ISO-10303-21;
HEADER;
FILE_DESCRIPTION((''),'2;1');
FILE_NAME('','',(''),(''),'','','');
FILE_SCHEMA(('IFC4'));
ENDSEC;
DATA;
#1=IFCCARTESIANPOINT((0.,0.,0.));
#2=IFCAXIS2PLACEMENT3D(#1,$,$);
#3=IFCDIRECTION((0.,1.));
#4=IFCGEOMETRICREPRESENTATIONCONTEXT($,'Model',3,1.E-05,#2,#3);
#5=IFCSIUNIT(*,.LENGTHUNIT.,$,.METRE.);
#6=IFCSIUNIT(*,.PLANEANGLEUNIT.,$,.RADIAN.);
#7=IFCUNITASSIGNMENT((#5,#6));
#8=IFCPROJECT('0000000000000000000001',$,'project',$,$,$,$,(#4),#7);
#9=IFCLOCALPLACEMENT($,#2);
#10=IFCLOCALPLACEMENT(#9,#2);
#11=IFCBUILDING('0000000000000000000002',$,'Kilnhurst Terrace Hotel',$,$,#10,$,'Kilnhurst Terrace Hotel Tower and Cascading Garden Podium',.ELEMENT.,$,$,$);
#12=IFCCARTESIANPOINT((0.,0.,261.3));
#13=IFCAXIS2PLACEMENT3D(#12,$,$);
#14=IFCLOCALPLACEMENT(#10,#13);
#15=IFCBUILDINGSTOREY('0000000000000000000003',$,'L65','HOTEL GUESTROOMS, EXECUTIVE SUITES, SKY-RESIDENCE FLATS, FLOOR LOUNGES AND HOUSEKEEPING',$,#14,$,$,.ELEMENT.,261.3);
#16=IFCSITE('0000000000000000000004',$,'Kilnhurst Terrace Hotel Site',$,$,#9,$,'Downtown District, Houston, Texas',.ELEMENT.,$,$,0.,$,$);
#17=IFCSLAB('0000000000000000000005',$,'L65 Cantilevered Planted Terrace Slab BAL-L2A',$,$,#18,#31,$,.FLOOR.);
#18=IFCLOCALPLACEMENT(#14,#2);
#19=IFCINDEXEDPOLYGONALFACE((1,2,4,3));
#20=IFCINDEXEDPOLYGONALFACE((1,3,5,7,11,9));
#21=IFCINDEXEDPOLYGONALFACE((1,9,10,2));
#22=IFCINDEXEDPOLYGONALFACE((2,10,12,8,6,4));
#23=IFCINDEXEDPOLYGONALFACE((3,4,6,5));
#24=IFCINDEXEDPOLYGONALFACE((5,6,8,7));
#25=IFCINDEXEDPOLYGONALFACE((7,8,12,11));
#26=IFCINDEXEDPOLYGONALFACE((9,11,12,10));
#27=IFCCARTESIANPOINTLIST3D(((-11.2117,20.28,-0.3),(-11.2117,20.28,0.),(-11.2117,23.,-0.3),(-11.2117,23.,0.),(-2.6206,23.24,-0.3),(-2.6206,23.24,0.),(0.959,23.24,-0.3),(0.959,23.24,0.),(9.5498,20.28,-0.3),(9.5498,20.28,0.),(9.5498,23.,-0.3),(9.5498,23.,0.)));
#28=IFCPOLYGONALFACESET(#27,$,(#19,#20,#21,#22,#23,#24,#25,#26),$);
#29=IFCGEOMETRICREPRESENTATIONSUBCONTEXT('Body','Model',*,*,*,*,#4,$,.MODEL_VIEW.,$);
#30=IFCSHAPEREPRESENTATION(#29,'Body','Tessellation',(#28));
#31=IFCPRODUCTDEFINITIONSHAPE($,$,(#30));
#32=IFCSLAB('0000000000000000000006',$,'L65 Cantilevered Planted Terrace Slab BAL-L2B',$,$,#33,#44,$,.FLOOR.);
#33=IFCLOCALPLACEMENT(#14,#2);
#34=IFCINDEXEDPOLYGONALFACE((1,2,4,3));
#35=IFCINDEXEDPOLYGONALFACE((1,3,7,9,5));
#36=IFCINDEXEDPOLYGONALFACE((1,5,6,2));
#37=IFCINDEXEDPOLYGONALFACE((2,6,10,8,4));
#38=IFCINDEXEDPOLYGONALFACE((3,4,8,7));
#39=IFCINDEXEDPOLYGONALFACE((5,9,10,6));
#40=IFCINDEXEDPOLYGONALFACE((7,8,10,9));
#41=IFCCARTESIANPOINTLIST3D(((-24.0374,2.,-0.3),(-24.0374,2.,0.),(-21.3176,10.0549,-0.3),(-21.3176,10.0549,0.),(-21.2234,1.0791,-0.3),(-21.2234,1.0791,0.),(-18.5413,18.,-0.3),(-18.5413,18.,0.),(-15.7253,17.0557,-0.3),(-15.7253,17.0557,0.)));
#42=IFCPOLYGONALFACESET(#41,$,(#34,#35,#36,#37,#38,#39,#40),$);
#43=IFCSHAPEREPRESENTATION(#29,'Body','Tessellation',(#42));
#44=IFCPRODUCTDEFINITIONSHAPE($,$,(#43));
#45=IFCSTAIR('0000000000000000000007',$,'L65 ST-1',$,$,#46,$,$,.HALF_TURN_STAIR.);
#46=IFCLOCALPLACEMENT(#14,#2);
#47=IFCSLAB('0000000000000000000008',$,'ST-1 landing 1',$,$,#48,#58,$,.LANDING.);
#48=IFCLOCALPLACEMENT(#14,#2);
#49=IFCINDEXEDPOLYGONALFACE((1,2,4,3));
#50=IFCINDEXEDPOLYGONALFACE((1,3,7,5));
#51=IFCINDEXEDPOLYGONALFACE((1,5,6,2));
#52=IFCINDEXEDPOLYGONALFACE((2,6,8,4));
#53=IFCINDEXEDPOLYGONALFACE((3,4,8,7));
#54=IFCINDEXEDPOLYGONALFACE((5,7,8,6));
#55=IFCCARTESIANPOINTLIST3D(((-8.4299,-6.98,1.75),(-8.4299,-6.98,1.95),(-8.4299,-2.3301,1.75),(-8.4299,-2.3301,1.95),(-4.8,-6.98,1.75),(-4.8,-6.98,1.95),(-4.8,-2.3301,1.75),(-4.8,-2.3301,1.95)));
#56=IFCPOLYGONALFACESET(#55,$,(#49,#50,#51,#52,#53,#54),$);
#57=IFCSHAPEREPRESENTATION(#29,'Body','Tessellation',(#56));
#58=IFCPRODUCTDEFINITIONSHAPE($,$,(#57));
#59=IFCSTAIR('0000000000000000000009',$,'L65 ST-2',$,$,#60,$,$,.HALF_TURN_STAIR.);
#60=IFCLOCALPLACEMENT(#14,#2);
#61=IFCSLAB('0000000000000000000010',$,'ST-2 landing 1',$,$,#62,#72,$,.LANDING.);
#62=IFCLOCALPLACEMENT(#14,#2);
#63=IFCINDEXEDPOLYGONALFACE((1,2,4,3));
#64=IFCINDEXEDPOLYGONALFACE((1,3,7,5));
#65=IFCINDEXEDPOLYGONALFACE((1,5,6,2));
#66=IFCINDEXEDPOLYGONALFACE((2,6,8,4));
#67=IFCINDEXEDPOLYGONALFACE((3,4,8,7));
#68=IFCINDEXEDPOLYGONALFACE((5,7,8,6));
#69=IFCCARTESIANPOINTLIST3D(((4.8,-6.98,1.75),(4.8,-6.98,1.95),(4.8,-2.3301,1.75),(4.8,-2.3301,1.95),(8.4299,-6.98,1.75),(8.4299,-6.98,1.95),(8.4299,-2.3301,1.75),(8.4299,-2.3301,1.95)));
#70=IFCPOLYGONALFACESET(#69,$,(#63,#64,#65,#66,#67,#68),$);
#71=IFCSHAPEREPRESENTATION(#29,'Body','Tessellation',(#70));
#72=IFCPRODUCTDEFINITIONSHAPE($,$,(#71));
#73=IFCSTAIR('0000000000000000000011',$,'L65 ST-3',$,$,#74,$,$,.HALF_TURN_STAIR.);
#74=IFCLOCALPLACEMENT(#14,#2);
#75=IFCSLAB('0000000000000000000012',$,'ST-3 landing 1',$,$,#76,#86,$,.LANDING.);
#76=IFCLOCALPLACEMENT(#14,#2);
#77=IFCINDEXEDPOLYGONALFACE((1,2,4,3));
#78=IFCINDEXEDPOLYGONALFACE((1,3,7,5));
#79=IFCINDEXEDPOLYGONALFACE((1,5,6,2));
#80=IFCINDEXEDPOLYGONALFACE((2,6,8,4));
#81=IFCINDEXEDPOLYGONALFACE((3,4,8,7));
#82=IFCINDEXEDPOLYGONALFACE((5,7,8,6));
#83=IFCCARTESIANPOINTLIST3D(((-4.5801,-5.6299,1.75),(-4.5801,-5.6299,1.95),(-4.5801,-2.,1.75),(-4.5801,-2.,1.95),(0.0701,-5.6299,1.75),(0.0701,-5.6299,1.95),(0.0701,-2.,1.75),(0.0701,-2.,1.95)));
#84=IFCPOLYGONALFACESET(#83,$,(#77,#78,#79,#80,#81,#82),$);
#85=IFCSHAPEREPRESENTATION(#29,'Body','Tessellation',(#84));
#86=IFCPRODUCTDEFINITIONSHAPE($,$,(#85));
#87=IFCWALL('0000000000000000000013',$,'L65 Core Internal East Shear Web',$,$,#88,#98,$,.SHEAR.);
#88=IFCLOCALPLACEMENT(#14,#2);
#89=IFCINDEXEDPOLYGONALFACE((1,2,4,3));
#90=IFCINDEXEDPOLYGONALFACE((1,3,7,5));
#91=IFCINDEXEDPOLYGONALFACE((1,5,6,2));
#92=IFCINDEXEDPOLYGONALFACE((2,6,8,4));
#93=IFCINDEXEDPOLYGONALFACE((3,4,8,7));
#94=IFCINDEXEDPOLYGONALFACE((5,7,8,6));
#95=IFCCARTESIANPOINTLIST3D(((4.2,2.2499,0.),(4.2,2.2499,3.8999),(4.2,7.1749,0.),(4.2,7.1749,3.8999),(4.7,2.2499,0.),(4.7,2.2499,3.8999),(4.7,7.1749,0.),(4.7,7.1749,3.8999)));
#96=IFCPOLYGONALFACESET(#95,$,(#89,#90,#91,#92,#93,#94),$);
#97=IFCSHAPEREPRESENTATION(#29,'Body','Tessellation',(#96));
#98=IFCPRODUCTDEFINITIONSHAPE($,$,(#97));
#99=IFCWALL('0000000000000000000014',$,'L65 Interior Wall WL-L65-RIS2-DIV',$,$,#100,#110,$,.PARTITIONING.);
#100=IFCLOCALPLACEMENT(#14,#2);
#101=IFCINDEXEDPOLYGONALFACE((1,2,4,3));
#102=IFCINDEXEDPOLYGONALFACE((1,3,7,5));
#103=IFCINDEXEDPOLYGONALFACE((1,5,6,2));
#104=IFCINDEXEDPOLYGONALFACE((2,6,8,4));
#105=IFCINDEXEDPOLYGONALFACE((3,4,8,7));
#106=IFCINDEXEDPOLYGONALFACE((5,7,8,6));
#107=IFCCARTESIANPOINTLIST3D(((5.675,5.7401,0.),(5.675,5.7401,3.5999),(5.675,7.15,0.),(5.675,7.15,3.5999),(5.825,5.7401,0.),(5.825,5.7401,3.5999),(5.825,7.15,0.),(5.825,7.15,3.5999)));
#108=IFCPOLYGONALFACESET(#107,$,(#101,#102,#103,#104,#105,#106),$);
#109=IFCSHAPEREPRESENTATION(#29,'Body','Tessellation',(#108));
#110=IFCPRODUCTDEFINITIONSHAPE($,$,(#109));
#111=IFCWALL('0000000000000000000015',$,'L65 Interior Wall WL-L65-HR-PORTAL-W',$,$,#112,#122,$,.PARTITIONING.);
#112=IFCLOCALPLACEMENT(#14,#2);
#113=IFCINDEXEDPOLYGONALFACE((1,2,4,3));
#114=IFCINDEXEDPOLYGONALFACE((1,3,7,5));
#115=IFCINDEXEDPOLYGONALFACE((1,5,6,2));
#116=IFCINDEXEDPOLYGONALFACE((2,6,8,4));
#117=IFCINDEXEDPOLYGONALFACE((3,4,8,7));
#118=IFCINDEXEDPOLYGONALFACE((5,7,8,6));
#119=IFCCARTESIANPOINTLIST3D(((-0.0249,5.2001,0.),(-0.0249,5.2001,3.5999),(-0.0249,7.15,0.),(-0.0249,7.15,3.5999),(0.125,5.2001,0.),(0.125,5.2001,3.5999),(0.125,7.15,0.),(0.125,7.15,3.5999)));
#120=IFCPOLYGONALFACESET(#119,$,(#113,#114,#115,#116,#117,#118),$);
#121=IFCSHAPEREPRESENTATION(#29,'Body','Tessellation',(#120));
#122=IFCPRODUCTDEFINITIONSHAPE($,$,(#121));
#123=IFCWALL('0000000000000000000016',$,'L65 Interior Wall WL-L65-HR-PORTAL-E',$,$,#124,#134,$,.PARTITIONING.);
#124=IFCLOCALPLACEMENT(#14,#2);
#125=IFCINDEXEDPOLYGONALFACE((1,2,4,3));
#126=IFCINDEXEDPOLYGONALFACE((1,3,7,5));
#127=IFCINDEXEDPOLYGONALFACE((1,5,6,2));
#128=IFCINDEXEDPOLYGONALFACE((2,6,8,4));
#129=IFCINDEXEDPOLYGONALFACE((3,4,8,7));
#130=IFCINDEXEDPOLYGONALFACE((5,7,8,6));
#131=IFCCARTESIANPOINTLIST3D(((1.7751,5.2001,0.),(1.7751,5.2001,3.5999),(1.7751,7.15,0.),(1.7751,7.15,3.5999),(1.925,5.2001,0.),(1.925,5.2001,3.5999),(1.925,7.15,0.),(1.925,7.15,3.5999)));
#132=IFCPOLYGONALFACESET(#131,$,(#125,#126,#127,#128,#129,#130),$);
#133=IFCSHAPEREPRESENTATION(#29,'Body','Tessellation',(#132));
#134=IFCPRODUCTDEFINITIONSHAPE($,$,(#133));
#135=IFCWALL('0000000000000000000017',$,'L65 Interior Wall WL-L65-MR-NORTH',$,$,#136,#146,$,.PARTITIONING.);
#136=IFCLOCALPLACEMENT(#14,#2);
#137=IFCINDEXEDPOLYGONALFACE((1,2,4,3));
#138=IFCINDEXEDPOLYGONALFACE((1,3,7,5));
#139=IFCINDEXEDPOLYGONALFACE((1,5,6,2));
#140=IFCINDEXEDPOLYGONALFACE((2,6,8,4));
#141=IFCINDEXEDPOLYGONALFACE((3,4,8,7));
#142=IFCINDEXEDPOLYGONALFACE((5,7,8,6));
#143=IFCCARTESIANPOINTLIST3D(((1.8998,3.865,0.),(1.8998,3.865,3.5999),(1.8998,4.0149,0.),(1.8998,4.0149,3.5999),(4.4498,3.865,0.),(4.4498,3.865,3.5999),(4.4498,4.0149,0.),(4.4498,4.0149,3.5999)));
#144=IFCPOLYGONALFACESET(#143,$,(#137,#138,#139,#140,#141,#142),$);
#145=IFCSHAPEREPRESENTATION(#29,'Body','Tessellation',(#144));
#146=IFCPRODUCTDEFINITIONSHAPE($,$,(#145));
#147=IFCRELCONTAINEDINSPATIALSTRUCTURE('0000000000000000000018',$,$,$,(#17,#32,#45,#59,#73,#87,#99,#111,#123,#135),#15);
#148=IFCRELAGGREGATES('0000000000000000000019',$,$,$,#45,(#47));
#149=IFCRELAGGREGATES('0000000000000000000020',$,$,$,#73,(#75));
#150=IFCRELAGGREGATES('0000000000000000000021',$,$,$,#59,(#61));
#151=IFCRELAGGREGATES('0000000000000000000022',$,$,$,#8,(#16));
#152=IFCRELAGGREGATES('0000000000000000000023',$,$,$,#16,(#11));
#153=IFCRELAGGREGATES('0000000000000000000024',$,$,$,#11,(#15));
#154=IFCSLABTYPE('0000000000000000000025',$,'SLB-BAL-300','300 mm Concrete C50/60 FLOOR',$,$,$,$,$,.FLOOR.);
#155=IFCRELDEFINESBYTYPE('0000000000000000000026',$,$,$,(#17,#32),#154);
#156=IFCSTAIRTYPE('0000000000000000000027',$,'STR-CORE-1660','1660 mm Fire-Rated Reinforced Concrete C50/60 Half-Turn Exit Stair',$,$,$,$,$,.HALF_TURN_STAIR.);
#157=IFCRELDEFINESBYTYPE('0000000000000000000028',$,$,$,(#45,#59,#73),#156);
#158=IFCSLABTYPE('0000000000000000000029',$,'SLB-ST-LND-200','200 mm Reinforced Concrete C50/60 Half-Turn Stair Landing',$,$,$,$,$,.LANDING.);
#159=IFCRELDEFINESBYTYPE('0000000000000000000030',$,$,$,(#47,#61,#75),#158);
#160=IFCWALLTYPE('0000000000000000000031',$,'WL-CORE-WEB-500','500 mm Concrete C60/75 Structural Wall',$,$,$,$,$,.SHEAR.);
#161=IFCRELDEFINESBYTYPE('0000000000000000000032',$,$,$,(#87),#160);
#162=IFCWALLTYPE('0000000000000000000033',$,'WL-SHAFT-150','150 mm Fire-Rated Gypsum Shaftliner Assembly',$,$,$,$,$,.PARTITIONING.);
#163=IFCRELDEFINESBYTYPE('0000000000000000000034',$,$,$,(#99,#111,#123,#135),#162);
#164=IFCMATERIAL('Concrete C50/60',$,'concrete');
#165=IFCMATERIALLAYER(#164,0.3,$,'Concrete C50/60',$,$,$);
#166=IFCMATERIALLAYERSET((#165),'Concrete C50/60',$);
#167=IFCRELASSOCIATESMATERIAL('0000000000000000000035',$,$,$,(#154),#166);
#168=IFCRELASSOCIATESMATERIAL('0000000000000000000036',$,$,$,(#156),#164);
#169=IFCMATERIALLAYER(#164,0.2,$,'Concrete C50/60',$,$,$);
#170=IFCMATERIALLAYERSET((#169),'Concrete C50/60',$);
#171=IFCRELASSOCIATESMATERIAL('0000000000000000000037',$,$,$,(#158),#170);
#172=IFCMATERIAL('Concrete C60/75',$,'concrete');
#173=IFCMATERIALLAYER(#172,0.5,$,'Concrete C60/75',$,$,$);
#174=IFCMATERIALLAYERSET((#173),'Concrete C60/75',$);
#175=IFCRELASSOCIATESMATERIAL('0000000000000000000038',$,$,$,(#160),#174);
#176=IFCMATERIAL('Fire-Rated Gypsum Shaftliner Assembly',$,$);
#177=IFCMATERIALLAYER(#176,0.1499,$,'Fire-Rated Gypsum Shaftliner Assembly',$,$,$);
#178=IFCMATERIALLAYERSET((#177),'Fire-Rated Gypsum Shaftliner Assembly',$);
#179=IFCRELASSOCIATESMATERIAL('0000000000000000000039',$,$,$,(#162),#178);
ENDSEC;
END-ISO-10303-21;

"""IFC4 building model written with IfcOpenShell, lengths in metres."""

from ifc_helpers import new_model, si_unit, direction, frame, frame_2d, origin, place, context, subcontext, project, spatial, polyline, rectangle, outline, extrude, material, layer, layer_set, type_object, element, aggregate, save


model = new_model("IFC4")

# Units and contexts
model_context = context("Model", 3, precision=1e-05, world=origin(), true_north=direction((0.0, 1.0)))
body_context = subcontext(model_context, "Body", "Model", "MODEL_VIEW")
ifc_project = project(units=[si_unit("LENGTHUNIT", "METRE"), si_unit("PLANEANGLEUNIT", "RADIAN")], contexts=[model_context])

# Site, building, storey
site_placement = place(None, origin())
site = spatial("IfcSite", under=ifc_project, at=site_placement, Name="Kilnhurst Terrace Hotel Site", LongName="Downtown District, Houston, Texas", CompositionType="ELEMENT", RefElevation=0.0)
building_placement = place(site_placement, origin())
building = spatial("IfcBuilding", under=site, at=building_placement, Name="Kilnhurst Terrace Hotel", LongName="Kilnhurst Terrace Hotel Tower and Cascading Garden Podium", CompositionType="ELEMENT")
storey_placement = place(building_placement, frame((0.0, 0.0, 261.3)))
storey = spatial("IfcBuildingStorey", under=building, at=storey_placement, Name="L65", Description="HOTEL GUESTROOMS, EXECUTIVE SUITES, SKY-RESIDENCE FLATS, FLOOR LOUNGES AND HOUSEKEEPING", CompositionType="ELEMENT", Elevation=261.3)

# Slabs
ifc_material_1 = material(Name="Concrete C50/60", Category="concrete")
ifc_layer_1 = layer(ifc_material_1, 0.3, Name="Concrete C50/60")
ifc_layer_set_1 = layer_set([ifc_layer_1], Name="Concrete C50/60")
slab_type_1 = type_object("IfcSlabType", Name="SLB-BAL-300", Description="300 mm Concrete C50/60 FLOOR", PredefinedType="FLOOR", material=ifc_layer_set_1)
slab_1_placement = place(storey_placement, frame((0.0, 0.0, -0.3)))
element("IfcSlab", 1, at=slab_1_placement, inside=storey, type_object=slab_type_1, Name="L65 Cantilevered Planted Terrace Slab BAL-L2A", PredefinedType="FLOOR", context=body_context, shape_type="SweptSolid", body=[
    extrude(outline(polyline([(0.959, 23.24), (9.5498, 23.0), (9.5498, 20.28), (-11.2117, 20.28), (-11.2117, 23.0), (-2.6206, 23.24), (0.959, 23.24)])), origin(), (0.0, 0.0, 1.0), 0.3),
])
slab_2_placement = place(storey_placement, frame((0.0, 0.0, -0.3)))
element("IfcSlab", 2, at=slab_2_placement, inside=storey, type_object=slab_type_1, Name="L65 Cantilevered Planted Terrace Slab BAL-L2B", PredefinedType="FLOOR", context=body_context, shape_type="SweptSolid", body=[
    extrude(outline(polyline([(-18.5413, 18.0), (-15.7253, 17.0557), (-21.2234, 1.0791), (-24.0374, 2.0), (-21.3176, 10.0549), (-18.5413, 18.0)])), origin(), (0.0, 0.0, 1.0), 0.3),
])

# Stairs, slabs
stair_type = type_object("IfcStairType", Name="STR-CORE-1660", Description="1660 mm Fire-Rated Reinforced Concrete C50/60 Half-Turn Exit Stair", PredefinedType="HALF_TURN_STAIR", material=ifc_material_1)
stair_1_placement = place(storey_placement, origin())
stair_1 = element("IfcStair", 3, at=stair_1_placement, inside=storey, type_object=stair_type, Name="L65 ST-1", PredefinedType="HALF_TURN_STAIR")
ifc_layer_2 = layer(ifc_material_1, 0.2, Name="Concrete C50/60")
ifc_layer_set_2 = layer_set([ifc_layer_2], Name="Concrete C50/60")
slab_type_2 = type_object("IfcSlabType", Name="SLB-ST-LND-200", Description="200 mm Reinforced Concrete C50/60 Half-Turn Stair Landing", PredefinedType="LANDING", material=ifc_layer_set_2)
slab_3_placement = place(storey_placement, frame((0.0, 0.0, 1.75)))
slab_3 = element("IfcSlab", 4, at=slab_3_placement, type_object=slab_type_2, Name="ST-1 landing 1", PredefinedType="LANDING", context=body_context, shape_type="SweptSolid", body=[
    extrude(outline(polyline([(-8.4299, -2.3301), (-4.8, -2.3301), (-4.8, -6.98), (-8.4299, -6.98), (-8.4299, -2.3301)])), origin(), (0.0, 0.0, 1.0), 0.2),
])
aggregate(stair_1, [slab_3])
stair_2_placement = place(storey_placement, origin())
stair_2 = element("IfcStair", 5, at=stair_2_placement, inside=storey, type_object=stair_type, Name="L65 ST-2", PredefinedType="HALF_TURN_STAIR")
slab_4_placement = place(storey_placement, frame((0.0, 0.0, 1.75)))
slab_4 = element("IfcSlab", 6, at=slab_4_placement, type_object=slab_type_2, Name="ST-2 landing 1", PredefinedType="LANDING", context=body_context, shape_type="SweptSolid", body=[
    extrude(outline(polyline([(4.8, -2.3301), (8.4299, -2.3301), (8.4299, -6.98), (4.8, -6.98), (4.8, -2.3301)])), origin(), (0.0, 0.0, 1.0), 0.2),
])
stair_3_placement = place(storey_placement, origin())
stair_3 = element("IfcStair", 7, at=stair_3_placement, inside=storey, type_object=stair_type, Name="L65 ST-3", PredefinedType="HALF_TURN_STAIR")
slab_5_placement = place(storey_placement, frame((0.0, 0.0, 1.75)))
slab_5 = element("IfcSlab", 8, at=slab_5_placement, type_object=slab_type_2, Name="ST-3 landing 1", PredefinedType="LANDING", context=body_context, shape_type="SweptSolid", body=[
    extrude(outline(polyline([(0.0701, -2.0), (0.0701, -5.6299), (-4.5801, -5.6299), (-4.5801, -2.0), (0.0701, -2.0)])), origin(), (0.0, 0.0, 1.0), 0.2),
])
aggregate(stair_3, [slab_5])

# Walls
ifc_material_2 = material(Name="Concrete C60/75", Category="concrete")
ifc_layer_3 = layer(ifc_material_2, 0.5, Name="Concrete C60/75")
ifc_layer_set_3 = layer_set([ifc_layer_3], Name="Concrete C60/75")
wall_type_1 = type_object("IfcWallType", Name="WL-CORE-WEB-500", Description="500 mm Concrete C60/75 Structural Wall", PredefinedType="SHEAR", material=ifc_layer_set_3)
wall_1_placement = place(storey_placement, frame((4.45, 2.25, 0.0), z_axis=(0.0, 0.0, 1.0), x_axis=(0.0, 1.0, 0.0)))
element("IfcWall", 9, at=wall_1_placement, inside=storey, type_object=wall_type_1, Name="L65 Core Internal East Shear Web", PredefinedType="SHEAR", context=body_context, shape_type="SweptSolid", body=[
    extrude(rectangle(XDim=4.925, YDim=0.5, at=frame_2d((2.4624, 0.0))), origin(), (0.0, 0.0, 1.0), 3.8999),
])
ifc_material_3 = material(Name="Fire-Rated Gypsum Shaftliner Assembly")
ifc_layer_4 = layer(ifc_material_3, 0.1499, Name="Fire-Rated Gypsum Shaftliner Assembly")
ifc_layer_set_4 = layer_set([ifc_layer_4], Name="Fire-Rated Gypsum Shaftliner Assembly")
wall_type_2 = type_object("IfcWallType", Name="WL-SHAFT-150", Description="150 mm Fire-Rated Gypsum Shaftliner Assembly", PredefinedType="PARTITIONING", material=ifc_layer_set_4)
wall_2_placement = place(storey_placement, frame((5.75, 5.74, 0.0), z_axis=(0.0, 0.0, 1.0), x_axis=(0.0, 1.0, 0.0)))
element("IfcWall", 10, at=wall_2_placement, inside=storey, type_object=wall_type_2, Name="L65 Interior Wall WL-L65-RIS2-DIV", PredefinedType="PARTITIONING", context=body_context, shape_type="SweptSolid", body=[
    extrude(rectangle(XDim=1.4099, YDim=0.1499, at=frame_2d((0.7051, 0.0))), origin(), (0.0, 0.0, 1.0), 3.5999),
])
for number, where, z_axis, x_axis, name in (
    (11, (0.05, 5.2, 0.0), (0.0, 0.0, 1.0), (0.0, 1.0, 0.0), "L65 Interior Wall WL-L65-HR-PORTAL-W"),
    (12, (1.8501, 5.2, 0.0), (0.0, 0.0, 1.0), (0.0, 1.0, 0.0), "L65 Interior Wall WL-L65-HR-PORTAL-E"),
):
    element("IfcWall", number, at=place(storey_placement, frame(where, z_axis=z_axis, x_axis=x_axis)), inside=storey, type_object=wall_type_2, Name=name, PredefinedType="PARTITIONING", context=body_context, shape_type="SweptSolid", body=[
        extrude(rectangle(XDim=1.95, YDim=0.1499, at=frame_2d((0.9751, 0.0))), origin(), (0.0, 0.0, 1.0), 3.5999),
    ])
wall_3_placement = place(storey_placement, frame((1.8999, 3.9399, 0.0), z_axis=(0.0, 0.0, 1.0), x_axis=(1.0, 0.0, 0.0)))
element("IfcWall", 13, at=wall_3_placement, inside=storey, type_object=wall_type_2, Name="L65 Interior Wall WL-L65-MR-NORTH", PredefinedType="PARTITIONING", context=body_context, shape_type="SweptSolid", body=[
    extrude(rectangle(XDim=2.55, YDim=0.1499, at=frame_2d((1.2749, 0.0))), origin(), (0.0, 0.0, 1.0), 3.5999),
])

aggregate(stair_2, [slab_4])

save(model, "model.ifc")
